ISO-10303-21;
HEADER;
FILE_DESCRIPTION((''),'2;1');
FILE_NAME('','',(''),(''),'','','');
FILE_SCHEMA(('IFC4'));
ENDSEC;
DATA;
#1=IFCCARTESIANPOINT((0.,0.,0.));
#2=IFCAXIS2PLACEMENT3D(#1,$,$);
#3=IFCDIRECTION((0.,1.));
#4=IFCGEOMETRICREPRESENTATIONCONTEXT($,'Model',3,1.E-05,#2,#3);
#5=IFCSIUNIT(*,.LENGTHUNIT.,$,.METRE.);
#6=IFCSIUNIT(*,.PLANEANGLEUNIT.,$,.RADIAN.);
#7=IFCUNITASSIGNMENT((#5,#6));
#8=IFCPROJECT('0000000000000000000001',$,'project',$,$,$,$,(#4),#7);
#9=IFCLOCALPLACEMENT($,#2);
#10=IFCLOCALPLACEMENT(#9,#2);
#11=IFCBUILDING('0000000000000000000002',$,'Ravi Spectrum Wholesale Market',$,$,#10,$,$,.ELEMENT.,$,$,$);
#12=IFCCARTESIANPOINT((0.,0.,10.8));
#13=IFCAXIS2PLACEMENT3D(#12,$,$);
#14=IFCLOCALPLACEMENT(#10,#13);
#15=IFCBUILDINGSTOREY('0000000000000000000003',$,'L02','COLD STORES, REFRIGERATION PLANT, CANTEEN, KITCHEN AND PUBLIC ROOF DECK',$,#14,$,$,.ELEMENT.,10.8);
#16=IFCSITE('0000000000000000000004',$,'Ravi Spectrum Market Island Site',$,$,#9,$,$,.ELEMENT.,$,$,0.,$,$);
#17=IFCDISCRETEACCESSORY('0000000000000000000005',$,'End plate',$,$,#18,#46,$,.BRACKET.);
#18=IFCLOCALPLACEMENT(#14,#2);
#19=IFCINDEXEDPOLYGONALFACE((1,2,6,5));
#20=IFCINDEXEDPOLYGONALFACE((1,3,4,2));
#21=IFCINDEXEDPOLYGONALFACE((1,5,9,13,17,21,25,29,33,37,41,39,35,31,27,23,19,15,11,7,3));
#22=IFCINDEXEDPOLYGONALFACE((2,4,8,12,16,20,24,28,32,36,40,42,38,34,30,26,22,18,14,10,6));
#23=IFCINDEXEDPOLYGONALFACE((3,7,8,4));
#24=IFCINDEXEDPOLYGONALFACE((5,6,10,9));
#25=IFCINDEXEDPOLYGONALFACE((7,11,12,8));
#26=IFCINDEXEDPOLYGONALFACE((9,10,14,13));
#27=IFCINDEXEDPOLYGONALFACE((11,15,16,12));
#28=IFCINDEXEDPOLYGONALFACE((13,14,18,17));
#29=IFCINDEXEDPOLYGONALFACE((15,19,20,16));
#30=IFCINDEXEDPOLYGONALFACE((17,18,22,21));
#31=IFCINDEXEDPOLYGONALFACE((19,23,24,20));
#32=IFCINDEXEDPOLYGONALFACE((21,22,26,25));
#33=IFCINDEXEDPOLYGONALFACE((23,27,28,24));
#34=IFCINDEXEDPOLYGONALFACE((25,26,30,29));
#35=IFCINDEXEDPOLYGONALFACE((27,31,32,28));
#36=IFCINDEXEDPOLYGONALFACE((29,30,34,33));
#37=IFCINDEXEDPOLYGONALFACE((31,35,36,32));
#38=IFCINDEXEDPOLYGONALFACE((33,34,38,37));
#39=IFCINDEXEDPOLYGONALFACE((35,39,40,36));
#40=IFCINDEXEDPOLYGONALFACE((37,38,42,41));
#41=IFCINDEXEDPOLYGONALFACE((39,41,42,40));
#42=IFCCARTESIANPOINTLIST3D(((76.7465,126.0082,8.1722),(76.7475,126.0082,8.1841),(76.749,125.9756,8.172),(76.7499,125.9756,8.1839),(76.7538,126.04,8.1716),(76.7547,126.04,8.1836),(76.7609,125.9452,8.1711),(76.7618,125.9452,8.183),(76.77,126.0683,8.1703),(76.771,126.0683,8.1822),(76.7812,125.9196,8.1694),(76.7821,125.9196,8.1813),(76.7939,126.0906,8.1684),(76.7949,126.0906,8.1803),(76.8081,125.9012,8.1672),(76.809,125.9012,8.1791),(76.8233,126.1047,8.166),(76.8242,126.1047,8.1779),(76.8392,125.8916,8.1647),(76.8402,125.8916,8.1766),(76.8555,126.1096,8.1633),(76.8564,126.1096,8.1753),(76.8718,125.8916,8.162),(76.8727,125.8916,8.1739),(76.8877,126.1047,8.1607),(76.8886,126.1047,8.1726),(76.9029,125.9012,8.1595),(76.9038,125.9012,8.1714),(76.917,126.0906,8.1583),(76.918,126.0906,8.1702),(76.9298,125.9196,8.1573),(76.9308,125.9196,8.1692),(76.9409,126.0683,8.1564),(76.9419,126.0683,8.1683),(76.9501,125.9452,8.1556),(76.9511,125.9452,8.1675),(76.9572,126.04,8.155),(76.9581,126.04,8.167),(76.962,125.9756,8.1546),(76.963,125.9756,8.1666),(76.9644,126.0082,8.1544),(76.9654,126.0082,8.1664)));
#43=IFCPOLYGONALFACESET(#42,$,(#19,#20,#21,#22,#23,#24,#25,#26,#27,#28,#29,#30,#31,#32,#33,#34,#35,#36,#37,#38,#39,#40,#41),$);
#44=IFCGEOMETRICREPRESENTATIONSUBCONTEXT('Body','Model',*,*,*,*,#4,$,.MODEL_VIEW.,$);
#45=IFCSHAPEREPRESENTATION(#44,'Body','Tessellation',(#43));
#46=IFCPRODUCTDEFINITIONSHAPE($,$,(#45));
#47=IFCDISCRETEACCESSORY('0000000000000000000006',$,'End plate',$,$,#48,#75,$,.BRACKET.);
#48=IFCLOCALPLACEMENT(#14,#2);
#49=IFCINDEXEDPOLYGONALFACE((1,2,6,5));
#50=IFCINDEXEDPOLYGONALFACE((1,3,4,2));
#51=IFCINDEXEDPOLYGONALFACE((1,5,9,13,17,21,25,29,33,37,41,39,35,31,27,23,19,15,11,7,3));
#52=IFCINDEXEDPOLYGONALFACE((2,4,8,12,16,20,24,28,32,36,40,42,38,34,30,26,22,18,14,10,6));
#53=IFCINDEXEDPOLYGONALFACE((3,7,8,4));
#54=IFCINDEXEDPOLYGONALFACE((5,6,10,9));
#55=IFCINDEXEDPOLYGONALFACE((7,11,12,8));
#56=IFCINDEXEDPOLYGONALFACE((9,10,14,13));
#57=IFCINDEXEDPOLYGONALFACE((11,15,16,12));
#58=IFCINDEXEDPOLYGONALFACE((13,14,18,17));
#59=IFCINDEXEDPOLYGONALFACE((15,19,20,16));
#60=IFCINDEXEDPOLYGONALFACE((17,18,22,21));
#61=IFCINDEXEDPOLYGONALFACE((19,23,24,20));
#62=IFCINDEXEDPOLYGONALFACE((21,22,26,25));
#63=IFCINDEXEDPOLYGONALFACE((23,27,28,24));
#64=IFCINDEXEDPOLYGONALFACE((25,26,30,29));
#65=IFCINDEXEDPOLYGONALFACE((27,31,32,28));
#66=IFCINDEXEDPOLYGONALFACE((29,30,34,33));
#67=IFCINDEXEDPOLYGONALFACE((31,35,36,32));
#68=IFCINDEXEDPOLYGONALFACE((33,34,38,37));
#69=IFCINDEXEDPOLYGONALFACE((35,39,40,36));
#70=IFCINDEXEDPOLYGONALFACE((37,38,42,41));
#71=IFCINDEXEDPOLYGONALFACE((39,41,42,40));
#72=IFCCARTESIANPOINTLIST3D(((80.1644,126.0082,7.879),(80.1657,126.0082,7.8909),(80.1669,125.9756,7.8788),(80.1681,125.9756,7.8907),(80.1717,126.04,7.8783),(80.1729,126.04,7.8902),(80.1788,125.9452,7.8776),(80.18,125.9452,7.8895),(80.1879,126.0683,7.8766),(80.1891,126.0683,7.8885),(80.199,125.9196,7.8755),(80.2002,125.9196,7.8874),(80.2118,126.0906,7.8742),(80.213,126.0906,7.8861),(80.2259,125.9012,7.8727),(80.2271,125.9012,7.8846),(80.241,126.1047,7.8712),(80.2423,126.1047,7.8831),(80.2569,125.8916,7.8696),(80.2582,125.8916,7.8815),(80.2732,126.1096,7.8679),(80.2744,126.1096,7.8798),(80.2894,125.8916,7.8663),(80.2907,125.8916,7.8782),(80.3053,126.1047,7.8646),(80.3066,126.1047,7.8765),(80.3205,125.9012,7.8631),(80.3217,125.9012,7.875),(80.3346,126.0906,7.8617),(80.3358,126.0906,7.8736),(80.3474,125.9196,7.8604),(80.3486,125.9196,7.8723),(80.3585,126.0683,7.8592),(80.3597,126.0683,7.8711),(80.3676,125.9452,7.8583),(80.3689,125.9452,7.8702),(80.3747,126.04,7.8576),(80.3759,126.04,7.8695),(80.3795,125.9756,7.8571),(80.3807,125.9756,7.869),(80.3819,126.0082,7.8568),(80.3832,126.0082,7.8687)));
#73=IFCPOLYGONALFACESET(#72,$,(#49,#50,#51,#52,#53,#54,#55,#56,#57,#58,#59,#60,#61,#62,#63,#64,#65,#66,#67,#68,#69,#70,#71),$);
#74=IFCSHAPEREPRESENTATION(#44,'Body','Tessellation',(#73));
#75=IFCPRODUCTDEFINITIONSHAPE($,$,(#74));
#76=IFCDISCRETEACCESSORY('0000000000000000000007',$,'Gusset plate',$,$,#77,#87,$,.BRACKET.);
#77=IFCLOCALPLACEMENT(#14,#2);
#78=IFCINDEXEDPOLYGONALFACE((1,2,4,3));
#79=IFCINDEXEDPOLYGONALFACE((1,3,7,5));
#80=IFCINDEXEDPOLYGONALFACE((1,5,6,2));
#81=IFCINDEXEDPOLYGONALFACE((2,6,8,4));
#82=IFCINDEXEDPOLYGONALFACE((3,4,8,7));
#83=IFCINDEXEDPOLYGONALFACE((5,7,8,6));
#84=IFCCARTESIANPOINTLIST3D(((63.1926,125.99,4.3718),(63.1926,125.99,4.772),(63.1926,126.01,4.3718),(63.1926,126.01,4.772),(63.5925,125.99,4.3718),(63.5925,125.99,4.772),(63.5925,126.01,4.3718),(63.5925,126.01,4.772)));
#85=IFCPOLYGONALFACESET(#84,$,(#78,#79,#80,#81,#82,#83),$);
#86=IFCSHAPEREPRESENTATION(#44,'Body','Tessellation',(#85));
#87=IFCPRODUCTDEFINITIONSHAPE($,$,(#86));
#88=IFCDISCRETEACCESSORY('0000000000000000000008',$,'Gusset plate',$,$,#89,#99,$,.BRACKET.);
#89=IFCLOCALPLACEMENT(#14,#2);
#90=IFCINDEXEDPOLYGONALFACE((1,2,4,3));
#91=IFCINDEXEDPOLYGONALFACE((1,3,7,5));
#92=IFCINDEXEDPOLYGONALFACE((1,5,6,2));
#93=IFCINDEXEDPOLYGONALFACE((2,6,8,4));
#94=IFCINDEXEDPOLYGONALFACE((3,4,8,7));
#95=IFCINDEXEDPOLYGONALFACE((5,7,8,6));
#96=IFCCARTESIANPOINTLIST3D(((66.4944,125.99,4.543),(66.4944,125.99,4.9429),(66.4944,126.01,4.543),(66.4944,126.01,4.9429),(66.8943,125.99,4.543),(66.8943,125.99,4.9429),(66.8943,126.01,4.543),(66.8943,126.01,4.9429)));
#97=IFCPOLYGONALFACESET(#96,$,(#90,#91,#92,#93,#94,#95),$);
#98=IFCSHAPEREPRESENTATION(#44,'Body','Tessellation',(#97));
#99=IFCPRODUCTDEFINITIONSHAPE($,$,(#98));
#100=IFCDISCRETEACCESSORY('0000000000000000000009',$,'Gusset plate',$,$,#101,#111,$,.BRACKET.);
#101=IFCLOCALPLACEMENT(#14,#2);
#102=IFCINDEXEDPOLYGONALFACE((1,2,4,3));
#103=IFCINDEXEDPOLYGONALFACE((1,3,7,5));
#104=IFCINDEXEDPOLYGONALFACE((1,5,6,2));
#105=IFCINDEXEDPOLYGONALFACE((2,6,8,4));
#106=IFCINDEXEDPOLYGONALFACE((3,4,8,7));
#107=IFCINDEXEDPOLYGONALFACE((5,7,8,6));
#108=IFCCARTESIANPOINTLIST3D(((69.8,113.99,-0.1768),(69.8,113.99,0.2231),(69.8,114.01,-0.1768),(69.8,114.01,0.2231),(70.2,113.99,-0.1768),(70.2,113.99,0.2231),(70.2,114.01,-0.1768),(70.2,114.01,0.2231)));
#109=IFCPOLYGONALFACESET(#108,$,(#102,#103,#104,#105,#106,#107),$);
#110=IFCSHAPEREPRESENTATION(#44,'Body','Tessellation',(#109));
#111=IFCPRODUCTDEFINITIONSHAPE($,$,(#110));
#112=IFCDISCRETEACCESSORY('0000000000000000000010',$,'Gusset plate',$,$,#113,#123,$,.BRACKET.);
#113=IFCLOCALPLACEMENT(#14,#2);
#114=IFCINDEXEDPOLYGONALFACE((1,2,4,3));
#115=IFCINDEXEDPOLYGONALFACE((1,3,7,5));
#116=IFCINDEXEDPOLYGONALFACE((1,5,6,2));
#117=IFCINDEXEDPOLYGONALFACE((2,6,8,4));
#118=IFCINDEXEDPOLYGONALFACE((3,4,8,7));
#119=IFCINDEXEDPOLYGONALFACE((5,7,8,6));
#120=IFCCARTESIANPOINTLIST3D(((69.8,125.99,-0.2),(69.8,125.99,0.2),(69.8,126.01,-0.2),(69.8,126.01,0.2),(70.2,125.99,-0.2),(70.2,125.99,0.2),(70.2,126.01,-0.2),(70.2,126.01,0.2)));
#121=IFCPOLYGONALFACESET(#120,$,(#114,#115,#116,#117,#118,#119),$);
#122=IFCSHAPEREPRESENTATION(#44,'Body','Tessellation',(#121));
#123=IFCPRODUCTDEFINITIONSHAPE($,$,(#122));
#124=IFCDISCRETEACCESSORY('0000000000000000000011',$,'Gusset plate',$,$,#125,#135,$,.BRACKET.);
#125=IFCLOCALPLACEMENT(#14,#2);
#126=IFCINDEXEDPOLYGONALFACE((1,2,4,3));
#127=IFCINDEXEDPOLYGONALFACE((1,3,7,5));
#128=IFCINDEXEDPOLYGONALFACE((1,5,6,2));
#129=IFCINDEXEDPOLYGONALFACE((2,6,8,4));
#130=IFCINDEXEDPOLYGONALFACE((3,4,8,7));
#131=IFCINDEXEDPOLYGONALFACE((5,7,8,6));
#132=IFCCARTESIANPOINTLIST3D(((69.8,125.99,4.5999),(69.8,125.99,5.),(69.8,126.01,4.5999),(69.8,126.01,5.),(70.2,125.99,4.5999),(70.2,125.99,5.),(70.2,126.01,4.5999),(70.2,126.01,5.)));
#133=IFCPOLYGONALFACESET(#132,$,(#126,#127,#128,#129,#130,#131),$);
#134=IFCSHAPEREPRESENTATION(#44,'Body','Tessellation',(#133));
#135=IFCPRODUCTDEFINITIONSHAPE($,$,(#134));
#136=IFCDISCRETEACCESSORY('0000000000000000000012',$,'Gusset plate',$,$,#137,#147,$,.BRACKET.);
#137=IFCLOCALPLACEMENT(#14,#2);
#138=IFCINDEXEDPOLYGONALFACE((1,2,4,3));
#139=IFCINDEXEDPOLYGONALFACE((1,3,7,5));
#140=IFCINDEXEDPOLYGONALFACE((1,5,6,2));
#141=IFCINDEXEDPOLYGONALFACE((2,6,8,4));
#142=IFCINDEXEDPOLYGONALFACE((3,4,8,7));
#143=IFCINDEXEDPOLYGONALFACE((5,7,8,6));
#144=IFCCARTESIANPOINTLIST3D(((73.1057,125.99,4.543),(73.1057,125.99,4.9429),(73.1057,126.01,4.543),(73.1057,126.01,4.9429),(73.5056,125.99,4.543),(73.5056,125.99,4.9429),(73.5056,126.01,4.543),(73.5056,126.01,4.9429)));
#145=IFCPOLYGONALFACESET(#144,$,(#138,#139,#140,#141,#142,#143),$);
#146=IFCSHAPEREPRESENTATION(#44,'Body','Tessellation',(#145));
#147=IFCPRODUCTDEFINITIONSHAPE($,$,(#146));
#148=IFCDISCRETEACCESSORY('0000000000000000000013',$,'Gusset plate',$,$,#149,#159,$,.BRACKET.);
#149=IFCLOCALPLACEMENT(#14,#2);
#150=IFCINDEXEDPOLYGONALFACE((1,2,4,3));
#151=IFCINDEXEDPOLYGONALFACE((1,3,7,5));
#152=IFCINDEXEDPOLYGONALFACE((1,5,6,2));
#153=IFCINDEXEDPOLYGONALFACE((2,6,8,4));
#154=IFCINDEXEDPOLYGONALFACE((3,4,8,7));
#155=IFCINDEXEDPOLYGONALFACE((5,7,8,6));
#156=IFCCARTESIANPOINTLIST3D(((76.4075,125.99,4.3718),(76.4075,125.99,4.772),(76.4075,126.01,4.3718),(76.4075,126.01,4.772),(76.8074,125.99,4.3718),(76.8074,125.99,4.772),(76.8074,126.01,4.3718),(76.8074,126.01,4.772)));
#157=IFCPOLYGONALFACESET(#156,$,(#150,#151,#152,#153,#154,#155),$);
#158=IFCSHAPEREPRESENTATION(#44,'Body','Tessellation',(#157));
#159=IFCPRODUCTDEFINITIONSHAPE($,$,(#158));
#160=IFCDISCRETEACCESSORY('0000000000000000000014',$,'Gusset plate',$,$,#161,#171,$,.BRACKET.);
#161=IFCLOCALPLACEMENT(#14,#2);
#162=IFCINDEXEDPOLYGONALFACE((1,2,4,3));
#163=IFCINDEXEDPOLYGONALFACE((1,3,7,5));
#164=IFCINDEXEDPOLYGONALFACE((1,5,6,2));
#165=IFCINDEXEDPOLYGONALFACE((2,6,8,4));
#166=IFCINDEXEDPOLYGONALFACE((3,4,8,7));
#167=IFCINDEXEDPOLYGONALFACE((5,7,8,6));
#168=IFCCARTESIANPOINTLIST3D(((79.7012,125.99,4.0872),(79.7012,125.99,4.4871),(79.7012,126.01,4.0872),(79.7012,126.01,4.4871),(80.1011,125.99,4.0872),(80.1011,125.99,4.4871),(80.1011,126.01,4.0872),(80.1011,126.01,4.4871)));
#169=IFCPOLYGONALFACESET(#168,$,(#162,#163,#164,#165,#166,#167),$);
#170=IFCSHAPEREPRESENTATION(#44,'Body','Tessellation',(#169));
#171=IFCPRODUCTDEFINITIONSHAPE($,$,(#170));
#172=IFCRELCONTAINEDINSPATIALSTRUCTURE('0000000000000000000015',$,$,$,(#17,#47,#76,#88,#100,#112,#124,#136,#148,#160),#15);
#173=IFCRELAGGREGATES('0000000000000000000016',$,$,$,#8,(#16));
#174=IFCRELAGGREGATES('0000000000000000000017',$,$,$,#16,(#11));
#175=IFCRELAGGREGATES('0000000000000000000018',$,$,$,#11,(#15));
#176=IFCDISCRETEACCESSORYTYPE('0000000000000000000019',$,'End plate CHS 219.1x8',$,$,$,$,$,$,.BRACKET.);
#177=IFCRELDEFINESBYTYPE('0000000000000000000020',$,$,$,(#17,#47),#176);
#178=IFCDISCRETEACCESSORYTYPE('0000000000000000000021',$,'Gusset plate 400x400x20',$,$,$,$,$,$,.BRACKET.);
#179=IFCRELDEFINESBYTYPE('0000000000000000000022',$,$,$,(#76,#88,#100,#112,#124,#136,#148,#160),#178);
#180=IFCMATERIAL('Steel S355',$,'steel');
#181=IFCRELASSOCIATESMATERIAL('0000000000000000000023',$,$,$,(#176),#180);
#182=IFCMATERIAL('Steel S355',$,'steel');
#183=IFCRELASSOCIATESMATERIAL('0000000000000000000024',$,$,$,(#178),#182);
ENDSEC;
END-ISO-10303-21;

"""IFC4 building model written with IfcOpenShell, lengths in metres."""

from ifc_helpers import new_model, si_unit, direction, frame, origin, origin_2d, place, context, subcontext, project, spatial, rectangle, circle, extrude, material, material_profile, profile_set, type_object, element, save


model = new_model("IFC4")

# Units and contexts
model_context = context("Model", 3, precision=1e-05, world=origin(), true_north=direction((0.0, 1.0)))
body_context = subcontext(model_context, "Body", "Model", "MODEL_VIEW")
ifc_project = project(units=[si_unit("LENGTHUNIT", "METRE"), si_unit("PLANEANGLEUNIT", "RADIAN")], contexts=[model_context])

# Site, building, storey
site_placement = place(None, origin())
site = spatial("IfcSite", under=ifc_project, at=site_placement, Name="Ravi Spectrum Market Island Site", CompositionType="ELEMENT", RefElevation=0.0)
building_placement = place(site_placement, origin())
building = spatial("IfcBuilding", under=site, at=building_placement, Name="Ravi Spectrum Wholesale Market", CompositionType="ELEMENT")
storey_placement = place(building_placement, frame((0.0, 0.0, 10.8)))
storey = spatial("IfcBuildingStorey", under=building, at=storey_placement, Name="L02", Description="COLD STORES, REFRIGERATION PLANT, CANTEEN, KITCHEN AND PUBLIC ROOF DECK", CompositionType="ELEMENT", Elevation=10.8)

# Discrete accessories
ifc_material_1 = material(Name="Steel S355", Category="steel")
ifc_material_profile_1 = material_profile(ifc_material_1, circle(Radius=0.1096, at=origin_2d()))
ifc_profile_set_1 = profile_set([ifc_material_profile_1], Name="Steel S355")
discrete_accessory_type_1 = type_object("IfcDiscreteAccessoryType", Name="End plate CHS 219.1x8", PredefinedType="BRACKET", material=ifc_profile_set_1)
for number, where, z_axis, x_axis, name in (
    (1, (76.8555, 126.0, 8.1633), (0.081362, 0.0, 0.996685), (0.0, 1.0, 0.0), "End plate"),
    (2, (80.2732, 126.0, 7.8679), (0.101514, 0.0, 0.994834), (0.0, 1.0, 0.0), "End plate"),
):
    element("IfcDiscreteAccessory", number, at=place(storey_placement, frame(where, z_axis=z_axis, x_axis=x_axis)), inside=storey, type_object=discrete_accessory_type_1, Name=name, PredefinedType="BRACKET", context=body_context, shape_type="SweptSolid", body=[
        extrude(circle(Radius=0.1096, at=origin_2d()), origin(), (0.0, 0.0, 1.0), 0.012),
    ])
ifc_material_2 = material(Name="Steel S355", Category="steel")
ifc_material_profile_2 = material_profile(ifc_material_2, rectangle(XDim=0.3999, YDim=0.02, at=origin_2d()))
ifc_profile_set_2 = profile_set([ifc_material_profile_2], Name="Steel S355")
discrete_accessory_type_2 = type_object("IfcDiscreteAccessoryType", Name="Gusset plate 400x400x20", PredefinedType="BRACKET", material=ifc_profile_set_2)
discrete_accessory_1_placement = place(storey_placement, frame((63.3926, 126.0, 4.3718), z_axis=(0.0, 0.0, 1.0), x_axis=(1.0, 0.0, 0.0)))
element("IfcDiscreteAccessory", 3, at=discrete_accessory_1_placement, inside=storey, type_object=discrete_accessory_type_2, Name="Gusset plate", PredefinedType="BRACKET", context=body_context, shape_type="SweptSolid", body=[
    extrude(rectangle(XDim=0.3999, YDim=0.02, at=origin_2d()), origin(), (0.0, 0.0, 1.0), 0.4001),
])
for number, where, z_axis, x_axis, name in (
    (4, (66.6943, 126.0, 4.543), (0.0, 0.0, 1.0), (1.0, 0.0, 0.0), "Gusset plate"),
    (5, (70.0, 114.0, -0.1768), (0.0, 0.0, 1.0), (1.0, 0.0, 0.0), "Gusset plate"),
    (6, (70.0, 126.0, -0.2), (0.0, 0.0, 1.0), (1.0, 0.0, 0.0), "Gusset plate"),
):
    element("IfcDiscreteAccessory", number, at=place(storey_placement, frame(where, z_axis=z_axis, x_axis=x_axis)), inside=storey, type_object=discrete_accessory_type_2, Name=name, PredefinedType="BRACKET", context=body_context, shape_type="SweptSolid", body=[
        extrude(rectangle(XDim=0.3999, YDim=0.02, at=origin_2d()), origin(), (0.0, 0.0, 1.0), 0.3999),
    ])
discrete_accessory_2_placement = place(storey_placement, frame((70.0, 126.0, 4.5999), z_axis=(0.0, 0.0, 1.0), x_axis=(1.0, 0.0, 0.0)))
element("IfcDiscreteAccessory", 7, at=discrete_accessory_2_placement, inside=storey, type_object=discrete_accessory_type_2, Name="Gusset plate", PredefinedType="BRACKET", context=body_context, shape_type="SweptSolid", body=[
    extrude(rectangle(XDim=0.3999, YDim=0.02, at=origin_2d()), origin(), (0.0, 0.0, 1.0), 0.4001),
])
discrete_accessory_3_placement = place(storey_placement, frame((73.3057, 126.0, 4.543), z_axis=(0.0, 0.0, 1.0), x_axis=(-1.0, 0.0, 0.0)))
element("IfcDiscreteAccessory", 8, at=discrete_accessory_3_placement, inside=storey, type_object=discrete_accessory_type_2, Name="Gusset plate", PredefinedType="BRACKET", context=body_context, shape_type="SweptSolid", body=[
    extrude(rectangle(XDim=0.3999, YDim=0.02, at=origin_2d()), origin(), (0.0, 0.0, 1.0), 0.3999),
])
discrete_accessory_4_placement = place(storey_placement, frame((76.6074, 126.0, 4.3718), z_axis=(0.0, 0.0, 1.0), x_axis=(-1.0, 0.0, 0.0)))
element("IfcDiscreteAccessory", 9, at=discrete_accessory_4_placement, inside=storey, type_object=discrete_accessory_type_2, Name="Gusset plate", PredefinedType="BRACKET", context=body_context, shape_type="SweptSolid", body=[
    extrude(rectangle(XDim=0.3999, YDim=0.02, at=origin_2d()), origin(), (0.0, 0.0, 1.0), 0.4001),
])
discrete_accessory_5_placement = place(storey_placement, frame((79.9011, 126.0, 4.0872), z_axis=(0.0, 0.0, 1.0), x_axis=(-1.0, 0.0, 0.0)))
element("IfcDiscreteAccessory", 10, at=discrete_accessory_5_placement, inside=storey, type_object=discrete_accessory_type_2, Name="Gusset plate", PredefinedType="BRACKET", context=body_context, shape_type="SweptSolid", body=[
    extrude(rectangle(XDim=0.3999, YDim=0.02, at=origin_2d()), origin(), (0.0, 0.0, 1.0), 0.3999),
])

save(model, "model.ifc")
